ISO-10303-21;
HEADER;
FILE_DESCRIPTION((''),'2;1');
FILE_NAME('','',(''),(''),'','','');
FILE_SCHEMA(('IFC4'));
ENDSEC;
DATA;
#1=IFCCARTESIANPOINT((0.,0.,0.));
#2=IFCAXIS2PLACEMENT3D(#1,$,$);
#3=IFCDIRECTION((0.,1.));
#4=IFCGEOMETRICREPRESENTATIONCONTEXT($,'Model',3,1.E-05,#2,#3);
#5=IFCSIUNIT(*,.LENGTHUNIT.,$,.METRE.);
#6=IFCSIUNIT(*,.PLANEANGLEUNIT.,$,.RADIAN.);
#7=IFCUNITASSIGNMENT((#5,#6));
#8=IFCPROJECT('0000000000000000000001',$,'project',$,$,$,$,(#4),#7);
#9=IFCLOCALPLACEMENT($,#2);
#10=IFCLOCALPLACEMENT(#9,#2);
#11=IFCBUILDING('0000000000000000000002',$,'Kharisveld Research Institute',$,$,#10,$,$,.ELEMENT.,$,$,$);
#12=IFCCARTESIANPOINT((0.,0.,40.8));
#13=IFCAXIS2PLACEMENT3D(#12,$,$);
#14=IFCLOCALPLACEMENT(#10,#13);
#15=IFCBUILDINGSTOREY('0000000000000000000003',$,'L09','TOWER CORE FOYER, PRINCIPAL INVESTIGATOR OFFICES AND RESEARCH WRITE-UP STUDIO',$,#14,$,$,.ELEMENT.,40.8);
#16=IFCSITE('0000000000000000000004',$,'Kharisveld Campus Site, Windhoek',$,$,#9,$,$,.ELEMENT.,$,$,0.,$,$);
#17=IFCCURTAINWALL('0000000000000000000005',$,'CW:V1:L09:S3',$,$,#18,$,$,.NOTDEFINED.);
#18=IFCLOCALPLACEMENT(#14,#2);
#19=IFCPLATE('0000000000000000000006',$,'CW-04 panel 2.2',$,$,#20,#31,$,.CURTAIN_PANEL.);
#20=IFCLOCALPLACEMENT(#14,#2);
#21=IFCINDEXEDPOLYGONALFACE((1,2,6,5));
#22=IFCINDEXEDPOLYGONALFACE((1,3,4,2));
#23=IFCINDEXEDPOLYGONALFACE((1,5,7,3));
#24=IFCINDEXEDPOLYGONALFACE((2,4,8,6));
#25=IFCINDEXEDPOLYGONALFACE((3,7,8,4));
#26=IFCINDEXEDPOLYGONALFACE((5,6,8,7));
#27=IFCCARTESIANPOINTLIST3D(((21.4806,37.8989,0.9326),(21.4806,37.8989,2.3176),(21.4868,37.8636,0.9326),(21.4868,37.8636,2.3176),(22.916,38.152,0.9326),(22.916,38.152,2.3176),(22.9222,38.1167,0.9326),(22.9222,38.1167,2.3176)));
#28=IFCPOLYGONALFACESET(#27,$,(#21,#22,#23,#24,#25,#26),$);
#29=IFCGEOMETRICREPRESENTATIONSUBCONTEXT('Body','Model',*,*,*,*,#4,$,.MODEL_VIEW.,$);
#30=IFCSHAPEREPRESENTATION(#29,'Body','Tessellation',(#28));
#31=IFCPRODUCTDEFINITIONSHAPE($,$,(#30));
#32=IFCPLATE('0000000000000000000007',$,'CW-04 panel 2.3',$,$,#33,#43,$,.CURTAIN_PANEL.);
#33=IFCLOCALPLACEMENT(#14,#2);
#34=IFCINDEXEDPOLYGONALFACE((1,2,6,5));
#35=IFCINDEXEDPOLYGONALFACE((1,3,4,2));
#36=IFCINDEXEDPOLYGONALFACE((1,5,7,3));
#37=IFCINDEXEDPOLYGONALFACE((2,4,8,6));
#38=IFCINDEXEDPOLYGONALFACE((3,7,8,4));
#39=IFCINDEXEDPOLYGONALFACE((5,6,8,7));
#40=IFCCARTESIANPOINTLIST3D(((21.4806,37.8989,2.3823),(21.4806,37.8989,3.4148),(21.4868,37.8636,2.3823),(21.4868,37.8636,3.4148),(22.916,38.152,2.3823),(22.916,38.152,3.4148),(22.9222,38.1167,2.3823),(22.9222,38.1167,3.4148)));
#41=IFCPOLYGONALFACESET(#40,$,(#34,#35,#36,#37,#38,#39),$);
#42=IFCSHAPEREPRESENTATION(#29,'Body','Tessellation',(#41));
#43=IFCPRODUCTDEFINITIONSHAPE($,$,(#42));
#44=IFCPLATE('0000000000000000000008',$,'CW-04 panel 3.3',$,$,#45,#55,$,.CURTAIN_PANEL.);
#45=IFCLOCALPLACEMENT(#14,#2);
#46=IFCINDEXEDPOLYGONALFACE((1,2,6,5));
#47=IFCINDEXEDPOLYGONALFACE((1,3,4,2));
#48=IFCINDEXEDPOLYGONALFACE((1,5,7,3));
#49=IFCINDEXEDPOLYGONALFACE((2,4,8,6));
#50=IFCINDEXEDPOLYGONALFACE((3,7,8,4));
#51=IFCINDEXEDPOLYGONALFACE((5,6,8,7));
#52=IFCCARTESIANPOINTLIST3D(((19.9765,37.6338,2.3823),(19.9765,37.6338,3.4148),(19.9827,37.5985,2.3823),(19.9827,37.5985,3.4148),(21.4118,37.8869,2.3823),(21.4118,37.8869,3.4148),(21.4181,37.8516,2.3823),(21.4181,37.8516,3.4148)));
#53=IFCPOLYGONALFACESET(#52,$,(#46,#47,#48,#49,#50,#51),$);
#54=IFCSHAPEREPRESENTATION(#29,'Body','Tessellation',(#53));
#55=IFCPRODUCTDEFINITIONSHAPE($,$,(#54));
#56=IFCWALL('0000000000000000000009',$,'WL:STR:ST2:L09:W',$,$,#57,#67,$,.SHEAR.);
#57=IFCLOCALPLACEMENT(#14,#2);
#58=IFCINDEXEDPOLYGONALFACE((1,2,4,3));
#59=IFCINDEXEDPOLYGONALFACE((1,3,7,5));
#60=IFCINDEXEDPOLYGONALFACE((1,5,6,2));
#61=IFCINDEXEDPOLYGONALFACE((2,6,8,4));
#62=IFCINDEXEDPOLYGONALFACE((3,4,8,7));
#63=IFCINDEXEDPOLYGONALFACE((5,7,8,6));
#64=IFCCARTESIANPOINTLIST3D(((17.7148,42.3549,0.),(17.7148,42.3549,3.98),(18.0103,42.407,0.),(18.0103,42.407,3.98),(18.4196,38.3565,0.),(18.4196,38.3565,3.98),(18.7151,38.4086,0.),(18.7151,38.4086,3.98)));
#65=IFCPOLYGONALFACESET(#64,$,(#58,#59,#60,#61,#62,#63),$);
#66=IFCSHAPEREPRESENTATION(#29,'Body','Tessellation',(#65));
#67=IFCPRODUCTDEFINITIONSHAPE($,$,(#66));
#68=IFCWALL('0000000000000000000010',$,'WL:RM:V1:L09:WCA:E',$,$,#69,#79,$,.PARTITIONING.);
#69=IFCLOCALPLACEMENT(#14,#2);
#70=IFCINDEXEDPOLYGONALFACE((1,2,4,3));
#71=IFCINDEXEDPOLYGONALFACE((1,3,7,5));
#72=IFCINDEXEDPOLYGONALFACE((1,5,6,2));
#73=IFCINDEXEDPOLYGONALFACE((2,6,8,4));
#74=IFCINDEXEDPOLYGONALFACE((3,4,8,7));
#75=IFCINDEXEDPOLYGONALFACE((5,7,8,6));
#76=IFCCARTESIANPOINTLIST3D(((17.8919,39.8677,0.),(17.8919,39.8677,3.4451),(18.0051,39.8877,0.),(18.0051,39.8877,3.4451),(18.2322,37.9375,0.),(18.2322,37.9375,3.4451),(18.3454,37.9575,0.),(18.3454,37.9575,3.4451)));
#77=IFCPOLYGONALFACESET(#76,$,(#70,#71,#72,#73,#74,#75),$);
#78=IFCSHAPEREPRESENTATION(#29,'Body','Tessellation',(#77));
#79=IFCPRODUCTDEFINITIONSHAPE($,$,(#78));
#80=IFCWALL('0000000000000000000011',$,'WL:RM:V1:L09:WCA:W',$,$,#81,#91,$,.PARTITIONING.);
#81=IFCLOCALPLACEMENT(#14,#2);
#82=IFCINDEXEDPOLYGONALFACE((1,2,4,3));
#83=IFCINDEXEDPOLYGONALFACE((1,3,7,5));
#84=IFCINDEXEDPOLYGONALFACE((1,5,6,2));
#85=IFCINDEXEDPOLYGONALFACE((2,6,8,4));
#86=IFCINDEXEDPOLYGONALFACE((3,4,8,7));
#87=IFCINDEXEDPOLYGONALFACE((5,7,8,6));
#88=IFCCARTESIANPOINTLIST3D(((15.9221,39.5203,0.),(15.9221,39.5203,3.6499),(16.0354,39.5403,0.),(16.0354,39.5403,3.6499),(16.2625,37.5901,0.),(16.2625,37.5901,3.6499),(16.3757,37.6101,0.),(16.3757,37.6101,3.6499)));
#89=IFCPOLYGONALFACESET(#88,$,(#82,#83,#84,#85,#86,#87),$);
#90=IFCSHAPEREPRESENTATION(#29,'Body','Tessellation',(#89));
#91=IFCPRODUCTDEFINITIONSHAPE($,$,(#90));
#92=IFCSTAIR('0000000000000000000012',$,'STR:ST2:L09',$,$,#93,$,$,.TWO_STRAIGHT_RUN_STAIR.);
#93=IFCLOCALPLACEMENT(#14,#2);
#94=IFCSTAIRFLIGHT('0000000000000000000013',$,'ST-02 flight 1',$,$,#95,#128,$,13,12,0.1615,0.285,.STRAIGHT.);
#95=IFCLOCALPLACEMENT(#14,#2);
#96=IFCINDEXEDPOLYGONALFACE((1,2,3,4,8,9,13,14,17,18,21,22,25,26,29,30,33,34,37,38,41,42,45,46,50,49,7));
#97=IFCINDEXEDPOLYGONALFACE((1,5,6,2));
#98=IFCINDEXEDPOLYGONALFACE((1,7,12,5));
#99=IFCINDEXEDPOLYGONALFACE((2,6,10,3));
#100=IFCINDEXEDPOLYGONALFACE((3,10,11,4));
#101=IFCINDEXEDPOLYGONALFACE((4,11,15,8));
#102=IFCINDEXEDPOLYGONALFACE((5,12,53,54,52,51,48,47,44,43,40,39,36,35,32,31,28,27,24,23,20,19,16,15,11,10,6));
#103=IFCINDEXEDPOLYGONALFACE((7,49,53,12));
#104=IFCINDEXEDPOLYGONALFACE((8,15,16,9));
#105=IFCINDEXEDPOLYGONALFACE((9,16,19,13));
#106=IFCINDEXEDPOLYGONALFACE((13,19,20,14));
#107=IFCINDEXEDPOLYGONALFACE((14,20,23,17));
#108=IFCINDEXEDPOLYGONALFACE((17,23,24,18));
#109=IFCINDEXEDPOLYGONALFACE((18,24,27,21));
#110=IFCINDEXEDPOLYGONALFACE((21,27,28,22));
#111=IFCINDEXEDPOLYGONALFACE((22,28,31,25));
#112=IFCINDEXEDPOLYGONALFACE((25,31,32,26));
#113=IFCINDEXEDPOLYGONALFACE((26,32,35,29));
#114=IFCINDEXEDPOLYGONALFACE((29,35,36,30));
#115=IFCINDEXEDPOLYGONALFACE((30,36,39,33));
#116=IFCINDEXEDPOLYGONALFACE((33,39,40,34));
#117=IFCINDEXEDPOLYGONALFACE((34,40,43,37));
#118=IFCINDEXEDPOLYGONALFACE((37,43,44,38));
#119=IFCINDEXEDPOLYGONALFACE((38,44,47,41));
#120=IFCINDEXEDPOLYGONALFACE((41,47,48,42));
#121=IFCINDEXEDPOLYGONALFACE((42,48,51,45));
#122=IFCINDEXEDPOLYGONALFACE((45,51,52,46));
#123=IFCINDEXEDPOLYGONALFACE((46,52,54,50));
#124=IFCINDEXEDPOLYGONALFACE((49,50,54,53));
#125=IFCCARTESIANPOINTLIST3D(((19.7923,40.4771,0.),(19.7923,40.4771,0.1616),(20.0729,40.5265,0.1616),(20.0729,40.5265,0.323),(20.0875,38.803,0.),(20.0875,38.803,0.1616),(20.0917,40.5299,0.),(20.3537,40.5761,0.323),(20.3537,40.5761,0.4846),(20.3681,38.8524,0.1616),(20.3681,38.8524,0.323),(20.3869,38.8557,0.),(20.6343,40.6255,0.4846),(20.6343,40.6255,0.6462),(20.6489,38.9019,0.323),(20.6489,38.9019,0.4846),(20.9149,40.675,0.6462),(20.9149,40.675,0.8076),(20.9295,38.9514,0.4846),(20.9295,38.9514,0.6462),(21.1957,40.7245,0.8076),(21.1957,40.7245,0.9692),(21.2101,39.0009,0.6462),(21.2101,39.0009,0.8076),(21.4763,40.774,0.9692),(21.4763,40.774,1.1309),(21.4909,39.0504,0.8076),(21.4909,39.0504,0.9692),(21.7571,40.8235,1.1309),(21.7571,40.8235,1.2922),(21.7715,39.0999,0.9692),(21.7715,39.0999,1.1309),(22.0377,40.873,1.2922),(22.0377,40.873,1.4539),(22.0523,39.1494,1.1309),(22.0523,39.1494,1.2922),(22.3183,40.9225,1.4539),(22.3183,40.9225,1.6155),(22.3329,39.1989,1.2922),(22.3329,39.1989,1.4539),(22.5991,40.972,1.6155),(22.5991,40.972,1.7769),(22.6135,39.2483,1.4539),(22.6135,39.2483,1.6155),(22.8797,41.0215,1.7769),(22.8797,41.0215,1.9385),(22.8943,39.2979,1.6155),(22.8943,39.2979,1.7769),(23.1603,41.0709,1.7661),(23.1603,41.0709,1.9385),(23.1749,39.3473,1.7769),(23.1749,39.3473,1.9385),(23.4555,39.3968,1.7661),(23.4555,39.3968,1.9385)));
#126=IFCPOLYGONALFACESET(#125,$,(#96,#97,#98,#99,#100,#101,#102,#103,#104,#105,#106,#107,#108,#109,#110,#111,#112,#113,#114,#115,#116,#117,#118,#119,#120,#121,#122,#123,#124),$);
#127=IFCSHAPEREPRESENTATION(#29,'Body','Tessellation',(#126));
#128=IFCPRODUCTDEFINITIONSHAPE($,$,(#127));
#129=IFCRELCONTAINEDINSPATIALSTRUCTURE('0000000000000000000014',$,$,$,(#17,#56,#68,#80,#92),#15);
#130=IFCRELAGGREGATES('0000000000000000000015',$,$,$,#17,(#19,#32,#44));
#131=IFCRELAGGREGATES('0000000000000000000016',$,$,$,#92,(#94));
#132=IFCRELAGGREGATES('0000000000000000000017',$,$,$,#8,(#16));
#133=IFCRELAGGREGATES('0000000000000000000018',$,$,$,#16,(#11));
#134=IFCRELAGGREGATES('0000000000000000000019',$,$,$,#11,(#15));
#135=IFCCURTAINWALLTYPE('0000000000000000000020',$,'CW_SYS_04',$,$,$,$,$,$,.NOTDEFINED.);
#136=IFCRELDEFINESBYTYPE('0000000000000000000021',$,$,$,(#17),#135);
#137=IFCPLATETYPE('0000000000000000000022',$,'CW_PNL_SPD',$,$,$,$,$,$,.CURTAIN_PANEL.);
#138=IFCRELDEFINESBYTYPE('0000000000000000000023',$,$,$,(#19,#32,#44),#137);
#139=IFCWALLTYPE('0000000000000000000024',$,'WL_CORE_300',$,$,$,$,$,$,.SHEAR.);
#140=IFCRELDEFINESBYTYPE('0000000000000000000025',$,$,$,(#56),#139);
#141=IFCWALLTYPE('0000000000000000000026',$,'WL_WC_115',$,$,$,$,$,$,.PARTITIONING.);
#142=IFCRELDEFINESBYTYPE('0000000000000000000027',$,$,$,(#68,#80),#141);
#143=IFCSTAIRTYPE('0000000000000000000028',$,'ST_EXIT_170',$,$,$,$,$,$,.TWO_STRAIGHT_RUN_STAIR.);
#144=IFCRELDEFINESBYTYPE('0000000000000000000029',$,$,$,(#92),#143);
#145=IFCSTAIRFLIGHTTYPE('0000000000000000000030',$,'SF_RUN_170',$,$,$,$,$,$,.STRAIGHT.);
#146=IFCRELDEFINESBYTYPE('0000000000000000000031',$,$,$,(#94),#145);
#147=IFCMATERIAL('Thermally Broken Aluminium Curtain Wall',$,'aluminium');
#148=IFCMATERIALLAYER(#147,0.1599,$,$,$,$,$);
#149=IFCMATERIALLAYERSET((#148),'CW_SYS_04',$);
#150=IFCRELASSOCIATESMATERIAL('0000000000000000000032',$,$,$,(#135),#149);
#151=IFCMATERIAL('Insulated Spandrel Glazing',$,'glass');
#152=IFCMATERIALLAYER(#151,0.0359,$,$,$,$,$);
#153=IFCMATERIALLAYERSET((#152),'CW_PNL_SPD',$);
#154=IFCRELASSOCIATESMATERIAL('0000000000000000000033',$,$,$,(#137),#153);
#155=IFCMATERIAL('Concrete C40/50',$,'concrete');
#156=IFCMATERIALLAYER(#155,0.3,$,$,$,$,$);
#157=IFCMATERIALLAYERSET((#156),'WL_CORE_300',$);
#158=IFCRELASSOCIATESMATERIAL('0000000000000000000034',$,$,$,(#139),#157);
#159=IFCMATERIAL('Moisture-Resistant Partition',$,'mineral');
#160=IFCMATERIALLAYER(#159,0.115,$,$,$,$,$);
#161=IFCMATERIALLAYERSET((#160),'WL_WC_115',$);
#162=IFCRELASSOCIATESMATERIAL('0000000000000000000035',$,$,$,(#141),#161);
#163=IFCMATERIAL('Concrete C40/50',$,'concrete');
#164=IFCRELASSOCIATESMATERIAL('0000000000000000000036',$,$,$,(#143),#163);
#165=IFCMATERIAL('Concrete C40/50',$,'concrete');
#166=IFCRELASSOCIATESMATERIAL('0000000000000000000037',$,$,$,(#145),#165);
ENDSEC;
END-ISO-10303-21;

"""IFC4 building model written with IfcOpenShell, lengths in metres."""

from ifc_helpers import new_model, si_unit, direction, frame, frame_2d, origin, origin_2d, place, context, subcontext, project, spatial, polyline, rectangle, outline, extrude, material, layer, layer_set, type_object, element, aggregate, save


model = new_model("IFC4")

# Units and contexts
model_context = context("Model", 3, precision=1e-05, world=origin(), true_north=direction((0.0, 1.0)))
body_context = subcontext(model_context, "Body", "Model", "MODEL_VIEW")
ifc_project = project(units=[si_unit("LENGTHUNIT", "METRE"), si_unit("PLANEANGLEUNIT", "RADIAN")], contexts=[model_context])

# Site, building, storey
site_placement = place(None, origin())
site = spatial("IfcSite", under=ifc_project, at=site_placement, Name="Kharisveld Campus Site, Windhoek", CompositionType="ELEMENT", RefElevation=0.0)
building_placement = place(site_placement, origin())
building = spatial("IfcBuilding", under=site, at=building_placement, Name="Kharisveld Research Institute", CompositionType="ELEMENT")
storey_placement = place(building_placement, frame((0.0, 0.0, 40.8)))
storey = spatial("IfcBuildingStorey", under=building, at=storey_placement, Name="L09", Description="TOWER CORE FOYER, PRINCIPAL INVESTIGATOR OFFICES AND RESEARCH WRITE-UP STUDIO", CompositionType="ELEMENT", Elevation=40.8)

# Curtain wall, plates
ifc_material_1 = material(Name="Thermally Broken Aluminium Curtain Wall", Category="aluminium")
ifc_layer_1 = layer(ifc_material_1, 0.1599)
ifc_layer_set_1 = layer_set([ifc_layer_1], Name="CW_SYS_04")
curtain_wall_type = type_object("IfcCurtainWallType", Name="CW_SYS_04", PredefinedType="NOTDEFINED", material=ifc_layer_set_1)
curtain_wall_placement = place(storey_placement, origin())
curtain_wall = element("IfcCurtainWall", 1, at=curtain_wall_placement, inside=storey, type_object=curtain_wall_type, Name="CW:V1:L09:S3", PredefinedType="NOTDEFINED")
ifc_material_2 = material(Name="Insulated Spandrel Glazing", Category="glass")
ifc_layer_2 = layer(ifc_material_2, 0.0359)
ifc_layer_set_2 = layer_set([ifc_layer_2], Name="CW_PNL_SPD")
plate_type = type_object("IfcPlateType", Name="CW_PNL_SPD", PredefinedType="CURTAIN_PANEL", material=ifc_layer_set_2)
plate_1_placement = place(storey_placement, frame((22.2014, 38.0078, 0.9326), z_axis=(0.0, 0.0, 1.0), x_axis=(-0.984808, -0.173648, 0.0)))
plate_1 = element("IfcPlate", 2, at=plate_1_placement, type_object=plate_type, Name="CW-04 panel 2.2", PredefinedType="CURTAIN_PANEL", context=body_context, shape_type="SweptSolid", body=[
    extrude(rectangle(XDim=1.4575, YDim=0.0359, at=origin_2d()), origin(), (0.0, 0.0, 1.0), 1.385),
])
plate_2_placement = place(storey_placement, frame((22.2014, 38.0078, 2.3823), z_axis=(0.0, 0.0, 1.0), x_axis=(-0.984808, -0.173648, 0.0)))
plate_2 = element("IfcPlate", 3, at=plate_2_placement, type_object=plate_type, Name="CW-04 panel 2.3", PredefinedType="CURTAIN_PANEL", context=body_context, shape_type="SweptSolid", body=[
    extrude(rectangle(XDim=1.4575, YDim=0.0359, at=origin_2d()), origin(), (0.0, 0.0, 1.0), 1.0325),
])
plate_3_placement = place(storey_placement, frame((20.6973, 37.7427, 2.3823), z_axis=(0.0, 0.0, 1.0), x_axis=(-0.984808, -0.173648, 0.0)))
plate_3 = element("IfcPlate", 4, at=plate_3_placement, type_object=plate_type, Name="CW-04 panel 3.3", PredefinedType="CURTAIN_PANEL", context=body_context, shape_type="SweptSolid", body=[
    extrude(rectangle(XDim=1.4575, YDim=0.0359, at=origin_2d()), origin(), (0.0, 0.0, 1.0), 1.0325),
])
aggregate(curtain_wall, [plate_1, plate_2, plate_3])

# Walls
ifc_material_3 = material(Name="Concrete C40/50", Category="concrete")
ifc_layer_3 = layer(ifc_material_3, 0.3)
ifc_layer_set_3 = layer_set([ifc_layer_3], Name="WL_CORE_300")
wall_type_1 = type_object("IfcWallType", Name="WL_CORE_300", PredefinedType="SHEAR", material=ifc_layer_set_3)
wall_1_placement = place(storey_placement, frame((18.5674, 38.3826, 0.0), z_axis=(0.0, 0.0, 1.0), x_axis=(-0.173607, 0.984815, 0.0)))
element("IfcWall", 5, at=wall_1_placement, inside=storey, type_object=wall_type_1, Name="WL:STR:ST2:L09:W", PredefinedType="SHEAR", context=body_context, shape_type="SweptSolid", body=[
    extrude(rectangle(XDim=4.0601, YDim=0.3, at=frame_2d((2.03, 0.0))), origin(), (0.0, 0.0, 1.0), 3.98),
])
ifc_material_4 = material(Name="Moisture-Resistant Partition", Category="mineral")
ifc_layer_4 = layer(ifc_material_4, 0.115)
ifc_layer_set_4 = layer_set([ifc_layer_4], Name="WL_WC_115")
wall_type_2 = type_object("IfcWallType", Name="WL_WC_115", PredefinedType="PARTITIONING", material=ifc_layer_set_4)
wall_2_placement = place(storey_placement, frame((18.2888, 37.9475, 0.0), z_axis=(0.0, 0.0, 1.0), x_axis=(-0.173643, 0.984809, 0.0)))
element("IfcWall", 6, at=wall_2_placement, inside=storey, type_object=wall_type_2, Name="WL:RM:V1:L09:WCA:E", PredefinedType="PARTITIONING", context=body_context, shape_type="SweptSolid", body=[
    extrude(rectangle(XDim=1.96, YDim=0.115, at=frame_2d((0.98, 0.0))), origin(), (0.0, 0.0, 1.0), 3.4451),
])
wall_3_placement = place(storey_placement, frame((15.9788, 39.5303, 0.0), z_axis=(0.0, 0.0, 1.0), x_axis=(0.173643, -0.984809, 0.0)))
element("IfcWall", 7, at=wall_3_placement, inside=storey, type_object=wall_type_2, Name="WL:RM:V1:L09:WCA:W", PredefinedType="PARTITIONING", context=body_context, shape_type="SweptSolid", body=[
    extrude(rectangle(XDim=1.96, YDim=0.115, at=frame_2d((0.98, 0.0))), origin(), (0.0, 0.0, 1.0), 3.6499),
])

# Stair, stair flight
ifc_material_5 = material(Name="Concrete C40/50", Category="concrete")
stair_type = type_object("IfcStairType", Name="ST_EXIT_170", PredefinedType="TWO_STRAIGHT_RUN_STAIR", material=ifc_material_5)
stair_placement = place(storey_placement, origin())
stair = element("IfcStair", 8, at=stair_placement, inside=storey, type_object=stair_type, Name="STR:ST2:L09", PredefinedType="TWO_STRAIGHT_RUN_STAIR")
ifc_material_6 = material(Name="Concrete C40/50", Category="concrete")
stair_flight_type = type_object("IfcStairFlightType", Name="SF_RUN_170", PredefinedType="STRAIGHT", material=ifc_material_6)
stair_flight_placement = place(storey_placement, frame((19.9399, 39.6399, 0.0), z_axis=(0.0, 0.0, 1.0), x_axis=(0.984808, 0.173648, 0.0)))
stair_flight = element("IfcStairFlight", 9, at=stair_flight_placement, type_object=stair_flight_type, Name="ST-02 flight 1", NumberOfRisers=13, NumberOfTreads=12, PredefinedType="STRAIGHT", RiserHeight=0.1615, TreadLength=0.285, context=body_context, shape_type="SweptSolid", body=[
    extrude(outline(polyline([(0.0, 0.0), (0.0, 0.1616), (0.2849, 0.1616), (0.2849, 0.323), (0.5701, 0.323), (0.5701, 0.4846), (0.855, 0.4846), (0.855, 0.6462), (1.1399, 0.6462), (1.1399, 0.8076), (1.425, 0.8076), (1.425, 0.9692), (1.71, 0.9692), (1.71, 1.1309), (1.9951, 1.1309), (1.9951, 1.2922), (2.28, 1.2922), (2.28, 1.4539), (2.5649, 1.4539), (2.5649, 1.6155), (2.8501, 1.6155), (2.8501, 1.7769), (3.135, 1.7769), (3.135, 1.9385), (3.4199, 1.9385), (3.4199, 2.1001), (3.4199, 1.7661), (0.304, 0.0), (0.0, 0.0)])), frame((0.0, 0.8501, 0.0), z_axis=(0.0, -1.0, 0.0), x_axis=(1.0, 0.0, 0.0)), (0.0, 0.0, 1.0), 1.7),
])
aggregate(stair, [stair_flight])

save(model, "model.ifc")
